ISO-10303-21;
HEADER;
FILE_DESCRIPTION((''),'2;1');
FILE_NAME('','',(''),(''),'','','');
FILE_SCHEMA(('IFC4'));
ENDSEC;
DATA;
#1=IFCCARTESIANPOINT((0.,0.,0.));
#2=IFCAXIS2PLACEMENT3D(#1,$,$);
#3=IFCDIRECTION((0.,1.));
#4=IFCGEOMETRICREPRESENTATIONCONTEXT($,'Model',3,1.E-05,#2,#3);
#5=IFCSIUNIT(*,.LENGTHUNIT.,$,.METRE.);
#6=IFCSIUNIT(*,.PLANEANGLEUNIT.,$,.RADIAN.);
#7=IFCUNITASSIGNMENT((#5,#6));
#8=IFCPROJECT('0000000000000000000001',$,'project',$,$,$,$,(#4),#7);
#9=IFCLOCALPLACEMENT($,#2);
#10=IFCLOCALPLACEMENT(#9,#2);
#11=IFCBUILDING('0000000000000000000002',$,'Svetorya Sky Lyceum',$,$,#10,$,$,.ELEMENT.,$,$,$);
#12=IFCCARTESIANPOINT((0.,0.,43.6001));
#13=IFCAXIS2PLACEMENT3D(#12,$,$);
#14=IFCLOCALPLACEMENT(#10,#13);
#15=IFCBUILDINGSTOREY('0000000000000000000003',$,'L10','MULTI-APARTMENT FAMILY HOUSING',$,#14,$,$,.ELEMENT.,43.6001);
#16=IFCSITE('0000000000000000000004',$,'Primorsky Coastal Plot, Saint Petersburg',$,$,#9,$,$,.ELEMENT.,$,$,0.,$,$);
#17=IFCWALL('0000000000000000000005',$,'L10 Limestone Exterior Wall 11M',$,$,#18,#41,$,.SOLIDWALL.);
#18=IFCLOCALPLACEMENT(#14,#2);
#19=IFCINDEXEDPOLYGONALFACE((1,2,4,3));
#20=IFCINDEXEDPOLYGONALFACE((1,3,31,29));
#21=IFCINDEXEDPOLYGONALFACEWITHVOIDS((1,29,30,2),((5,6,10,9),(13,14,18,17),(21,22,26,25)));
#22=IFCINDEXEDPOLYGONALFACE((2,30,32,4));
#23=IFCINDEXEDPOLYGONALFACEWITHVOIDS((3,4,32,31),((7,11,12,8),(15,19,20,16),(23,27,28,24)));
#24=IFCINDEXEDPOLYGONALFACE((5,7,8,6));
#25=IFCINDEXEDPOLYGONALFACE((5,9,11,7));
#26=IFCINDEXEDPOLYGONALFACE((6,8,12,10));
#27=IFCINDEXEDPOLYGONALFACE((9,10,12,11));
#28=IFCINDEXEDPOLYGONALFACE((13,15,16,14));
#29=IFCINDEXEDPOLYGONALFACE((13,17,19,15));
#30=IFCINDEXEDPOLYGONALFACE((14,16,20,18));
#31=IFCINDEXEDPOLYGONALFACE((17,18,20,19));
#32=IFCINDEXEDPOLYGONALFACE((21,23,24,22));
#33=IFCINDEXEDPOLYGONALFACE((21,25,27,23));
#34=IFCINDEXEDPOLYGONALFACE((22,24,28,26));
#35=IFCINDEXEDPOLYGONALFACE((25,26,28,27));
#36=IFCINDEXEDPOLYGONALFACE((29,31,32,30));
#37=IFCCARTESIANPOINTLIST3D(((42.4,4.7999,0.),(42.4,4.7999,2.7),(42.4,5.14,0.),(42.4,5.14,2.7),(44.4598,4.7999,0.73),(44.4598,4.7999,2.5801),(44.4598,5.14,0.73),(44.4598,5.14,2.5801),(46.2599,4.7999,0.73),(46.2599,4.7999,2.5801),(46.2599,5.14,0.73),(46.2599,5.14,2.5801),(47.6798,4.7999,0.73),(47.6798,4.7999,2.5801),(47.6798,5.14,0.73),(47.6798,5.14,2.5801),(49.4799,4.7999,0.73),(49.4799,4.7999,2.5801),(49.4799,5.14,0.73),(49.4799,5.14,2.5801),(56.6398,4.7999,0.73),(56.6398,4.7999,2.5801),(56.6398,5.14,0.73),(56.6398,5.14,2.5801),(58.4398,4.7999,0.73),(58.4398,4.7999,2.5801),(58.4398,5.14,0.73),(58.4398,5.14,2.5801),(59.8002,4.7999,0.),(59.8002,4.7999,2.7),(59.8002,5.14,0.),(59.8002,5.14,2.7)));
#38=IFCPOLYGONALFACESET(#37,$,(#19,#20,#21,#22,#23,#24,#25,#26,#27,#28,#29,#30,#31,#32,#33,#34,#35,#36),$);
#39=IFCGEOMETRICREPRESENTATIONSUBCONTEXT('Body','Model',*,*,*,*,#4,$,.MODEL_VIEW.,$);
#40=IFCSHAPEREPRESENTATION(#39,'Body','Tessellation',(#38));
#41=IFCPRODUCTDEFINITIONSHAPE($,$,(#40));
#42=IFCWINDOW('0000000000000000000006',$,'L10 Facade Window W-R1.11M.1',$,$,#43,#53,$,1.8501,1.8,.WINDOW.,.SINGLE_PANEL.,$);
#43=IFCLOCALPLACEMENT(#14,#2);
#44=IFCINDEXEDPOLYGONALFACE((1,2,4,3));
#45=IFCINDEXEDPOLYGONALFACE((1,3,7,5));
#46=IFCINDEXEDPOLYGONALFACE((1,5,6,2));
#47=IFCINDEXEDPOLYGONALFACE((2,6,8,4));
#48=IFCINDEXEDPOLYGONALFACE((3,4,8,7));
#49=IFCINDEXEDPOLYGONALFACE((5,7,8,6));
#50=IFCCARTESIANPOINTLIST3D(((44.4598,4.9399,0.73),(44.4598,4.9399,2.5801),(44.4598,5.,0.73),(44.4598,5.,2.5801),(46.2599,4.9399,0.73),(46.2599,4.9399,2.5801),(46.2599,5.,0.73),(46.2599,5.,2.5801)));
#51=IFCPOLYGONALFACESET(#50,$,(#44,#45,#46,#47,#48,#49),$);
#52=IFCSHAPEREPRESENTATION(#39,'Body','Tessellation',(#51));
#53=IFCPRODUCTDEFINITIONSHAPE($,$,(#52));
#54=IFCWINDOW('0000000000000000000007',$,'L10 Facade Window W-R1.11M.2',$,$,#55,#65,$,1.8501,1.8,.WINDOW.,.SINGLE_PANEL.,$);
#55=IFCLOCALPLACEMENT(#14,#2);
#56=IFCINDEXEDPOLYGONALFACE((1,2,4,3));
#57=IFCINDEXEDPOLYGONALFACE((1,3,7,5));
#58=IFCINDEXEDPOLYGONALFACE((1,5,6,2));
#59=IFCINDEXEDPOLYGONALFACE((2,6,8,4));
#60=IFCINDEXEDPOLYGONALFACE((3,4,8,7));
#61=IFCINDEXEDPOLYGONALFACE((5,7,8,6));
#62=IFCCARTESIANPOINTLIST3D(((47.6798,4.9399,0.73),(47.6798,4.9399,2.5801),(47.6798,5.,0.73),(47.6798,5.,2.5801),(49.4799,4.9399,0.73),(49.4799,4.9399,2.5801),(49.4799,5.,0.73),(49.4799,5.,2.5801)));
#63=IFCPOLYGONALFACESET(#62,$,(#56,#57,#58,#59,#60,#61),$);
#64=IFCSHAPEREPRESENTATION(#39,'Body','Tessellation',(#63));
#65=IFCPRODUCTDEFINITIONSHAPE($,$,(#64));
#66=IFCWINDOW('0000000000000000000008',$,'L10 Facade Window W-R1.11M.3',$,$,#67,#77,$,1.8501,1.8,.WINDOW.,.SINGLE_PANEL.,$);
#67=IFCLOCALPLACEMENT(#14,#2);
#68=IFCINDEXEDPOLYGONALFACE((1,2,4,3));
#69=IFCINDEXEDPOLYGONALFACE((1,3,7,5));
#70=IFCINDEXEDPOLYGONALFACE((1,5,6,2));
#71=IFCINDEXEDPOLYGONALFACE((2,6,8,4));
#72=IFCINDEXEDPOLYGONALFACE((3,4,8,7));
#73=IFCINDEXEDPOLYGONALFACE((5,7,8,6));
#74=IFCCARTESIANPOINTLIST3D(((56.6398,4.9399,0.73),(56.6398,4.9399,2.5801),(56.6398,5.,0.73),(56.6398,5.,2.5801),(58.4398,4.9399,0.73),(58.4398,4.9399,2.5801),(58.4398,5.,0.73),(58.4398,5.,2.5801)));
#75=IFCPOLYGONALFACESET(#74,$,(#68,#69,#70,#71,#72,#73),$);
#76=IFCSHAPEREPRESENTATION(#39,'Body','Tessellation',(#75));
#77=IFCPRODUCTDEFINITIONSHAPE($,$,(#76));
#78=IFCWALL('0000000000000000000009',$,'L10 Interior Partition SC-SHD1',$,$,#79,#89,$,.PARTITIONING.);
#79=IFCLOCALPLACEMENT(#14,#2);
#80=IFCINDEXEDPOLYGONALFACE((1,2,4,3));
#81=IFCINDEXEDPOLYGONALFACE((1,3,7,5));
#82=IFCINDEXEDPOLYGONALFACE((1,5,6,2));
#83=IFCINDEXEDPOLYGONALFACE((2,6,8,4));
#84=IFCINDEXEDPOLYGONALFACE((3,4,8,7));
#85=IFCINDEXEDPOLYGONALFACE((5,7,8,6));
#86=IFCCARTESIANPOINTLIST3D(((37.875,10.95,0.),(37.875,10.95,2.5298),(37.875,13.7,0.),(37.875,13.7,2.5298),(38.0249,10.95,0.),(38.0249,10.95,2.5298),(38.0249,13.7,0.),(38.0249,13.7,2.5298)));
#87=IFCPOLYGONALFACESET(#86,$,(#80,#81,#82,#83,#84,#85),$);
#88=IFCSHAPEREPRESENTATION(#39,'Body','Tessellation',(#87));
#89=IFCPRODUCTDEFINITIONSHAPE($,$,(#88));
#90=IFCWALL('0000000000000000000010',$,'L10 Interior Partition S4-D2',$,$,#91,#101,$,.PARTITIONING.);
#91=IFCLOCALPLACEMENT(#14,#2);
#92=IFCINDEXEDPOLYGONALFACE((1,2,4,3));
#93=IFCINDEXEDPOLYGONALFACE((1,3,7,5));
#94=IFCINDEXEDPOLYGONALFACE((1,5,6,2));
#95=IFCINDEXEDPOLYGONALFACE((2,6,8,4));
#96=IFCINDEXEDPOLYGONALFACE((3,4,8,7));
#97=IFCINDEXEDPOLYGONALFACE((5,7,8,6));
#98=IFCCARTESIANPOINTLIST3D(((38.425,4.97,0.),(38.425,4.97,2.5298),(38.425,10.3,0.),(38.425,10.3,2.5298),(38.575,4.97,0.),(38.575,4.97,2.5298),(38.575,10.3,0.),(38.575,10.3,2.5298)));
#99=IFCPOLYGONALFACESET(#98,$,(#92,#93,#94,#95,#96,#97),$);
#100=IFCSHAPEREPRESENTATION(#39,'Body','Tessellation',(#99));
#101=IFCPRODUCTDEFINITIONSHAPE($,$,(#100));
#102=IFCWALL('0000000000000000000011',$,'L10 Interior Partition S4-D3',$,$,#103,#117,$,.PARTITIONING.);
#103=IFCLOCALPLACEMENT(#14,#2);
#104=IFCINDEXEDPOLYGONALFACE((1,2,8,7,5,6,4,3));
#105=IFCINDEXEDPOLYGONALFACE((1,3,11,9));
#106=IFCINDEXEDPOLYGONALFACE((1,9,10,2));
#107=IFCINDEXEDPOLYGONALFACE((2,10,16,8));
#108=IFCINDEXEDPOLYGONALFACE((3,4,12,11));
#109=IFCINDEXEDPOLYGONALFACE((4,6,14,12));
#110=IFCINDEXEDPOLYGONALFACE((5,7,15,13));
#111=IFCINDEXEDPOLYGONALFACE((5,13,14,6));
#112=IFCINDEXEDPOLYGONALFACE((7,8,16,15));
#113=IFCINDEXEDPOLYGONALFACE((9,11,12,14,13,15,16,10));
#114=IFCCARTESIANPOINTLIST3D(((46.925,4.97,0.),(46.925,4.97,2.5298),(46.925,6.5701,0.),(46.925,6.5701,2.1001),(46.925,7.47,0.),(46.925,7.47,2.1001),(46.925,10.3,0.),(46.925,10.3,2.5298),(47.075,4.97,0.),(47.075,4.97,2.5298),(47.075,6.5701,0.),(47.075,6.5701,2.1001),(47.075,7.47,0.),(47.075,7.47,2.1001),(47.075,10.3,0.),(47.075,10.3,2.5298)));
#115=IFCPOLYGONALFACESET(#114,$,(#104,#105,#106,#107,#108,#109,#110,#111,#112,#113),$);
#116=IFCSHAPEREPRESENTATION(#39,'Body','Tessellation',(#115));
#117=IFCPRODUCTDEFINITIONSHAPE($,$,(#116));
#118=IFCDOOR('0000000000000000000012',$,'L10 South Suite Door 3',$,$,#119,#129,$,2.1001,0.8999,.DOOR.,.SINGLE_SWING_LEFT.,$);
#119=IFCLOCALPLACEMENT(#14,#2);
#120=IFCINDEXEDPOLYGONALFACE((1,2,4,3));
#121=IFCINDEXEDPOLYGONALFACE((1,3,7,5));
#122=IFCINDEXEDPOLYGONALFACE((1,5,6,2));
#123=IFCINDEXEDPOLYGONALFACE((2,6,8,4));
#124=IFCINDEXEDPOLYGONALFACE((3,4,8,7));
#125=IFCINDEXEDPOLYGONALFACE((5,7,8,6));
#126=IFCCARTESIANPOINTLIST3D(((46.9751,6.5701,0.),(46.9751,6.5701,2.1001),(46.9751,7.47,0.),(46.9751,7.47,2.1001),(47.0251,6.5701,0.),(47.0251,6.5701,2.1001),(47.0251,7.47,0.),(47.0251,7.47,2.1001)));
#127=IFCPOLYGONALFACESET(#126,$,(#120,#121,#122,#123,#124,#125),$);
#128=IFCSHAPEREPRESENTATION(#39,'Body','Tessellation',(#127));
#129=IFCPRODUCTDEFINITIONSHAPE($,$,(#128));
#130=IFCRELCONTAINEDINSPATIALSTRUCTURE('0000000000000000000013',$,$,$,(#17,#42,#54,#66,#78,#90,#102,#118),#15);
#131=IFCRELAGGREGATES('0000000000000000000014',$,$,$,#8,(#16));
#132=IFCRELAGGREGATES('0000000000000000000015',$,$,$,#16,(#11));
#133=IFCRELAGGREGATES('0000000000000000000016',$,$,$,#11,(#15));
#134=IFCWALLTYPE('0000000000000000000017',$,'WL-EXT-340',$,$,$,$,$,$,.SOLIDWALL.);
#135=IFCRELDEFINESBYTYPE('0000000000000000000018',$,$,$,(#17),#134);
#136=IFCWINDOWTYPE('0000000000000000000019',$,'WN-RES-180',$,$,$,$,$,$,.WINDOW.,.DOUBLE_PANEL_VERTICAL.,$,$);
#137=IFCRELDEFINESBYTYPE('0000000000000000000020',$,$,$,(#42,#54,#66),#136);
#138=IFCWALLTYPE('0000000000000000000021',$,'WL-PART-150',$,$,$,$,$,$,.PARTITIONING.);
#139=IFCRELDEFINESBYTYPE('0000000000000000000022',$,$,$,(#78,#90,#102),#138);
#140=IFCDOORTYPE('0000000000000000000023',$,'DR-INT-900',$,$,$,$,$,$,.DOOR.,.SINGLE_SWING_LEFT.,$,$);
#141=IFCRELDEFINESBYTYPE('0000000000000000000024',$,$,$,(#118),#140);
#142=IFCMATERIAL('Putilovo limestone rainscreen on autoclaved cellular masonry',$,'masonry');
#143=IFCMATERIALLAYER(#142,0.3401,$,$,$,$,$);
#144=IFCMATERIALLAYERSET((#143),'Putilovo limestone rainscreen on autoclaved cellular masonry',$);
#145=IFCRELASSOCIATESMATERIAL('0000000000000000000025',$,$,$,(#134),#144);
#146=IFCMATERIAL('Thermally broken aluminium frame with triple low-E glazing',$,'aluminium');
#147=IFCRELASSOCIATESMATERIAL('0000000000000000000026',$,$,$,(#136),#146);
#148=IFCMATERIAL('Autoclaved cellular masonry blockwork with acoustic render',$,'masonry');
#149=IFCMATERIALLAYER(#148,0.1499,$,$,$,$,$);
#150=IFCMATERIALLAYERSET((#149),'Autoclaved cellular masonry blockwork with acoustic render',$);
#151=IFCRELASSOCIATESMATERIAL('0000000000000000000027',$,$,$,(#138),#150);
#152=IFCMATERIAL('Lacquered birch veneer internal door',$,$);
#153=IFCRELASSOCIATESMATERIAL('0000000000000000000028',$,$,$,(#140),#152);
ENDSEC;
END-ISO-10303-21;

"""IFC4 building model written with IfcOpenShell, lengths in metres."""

from ifc_helpers import new_model, si_unit, direction, frame, frame_2d, origin, place, context, subcontext, project, spatial, rectangle, extrude, material, layer, layer_set, type_object, element, fill, save


model = new_model("IFC4")

# Units and contexts
model_context = context("Model", 3, precision=1e-05, world=origin(), true_north=direction((0.0, 1.0)))
body_context = subcontext(model_context, "Body", "Model", "MODEL_VIEW")
ifc_project = project(units=[si_unit("LENGTHUNIT", "METRE"), si_unit("PLANEANGLEUNIT", "RADIAN")], contexts=[model_context])

# Site, building, storey
site_placement = place(None, origin())
site = spatial("IfcSite", under=ifc_project, at=site_placement, Name="Primorsky Coastal Plot, Saint Petersburg", CompositionType="ELEMENT", RefElevation=0.0)
building_placement = place(site_placement, origin())
building = spatial("IfcBuilding", under=site, at=building_placement, Name="Svetorya Sky Lyceum", CompositionType="ELEMENT")
storey_placement = place(building_placement, frame((0.0, 0.0, 43.6001)))
storey = spatial("IfcBuildingStorey", under=building, at=storey_placement, Name="L10", Description="MULTI-APARTMENT FAMILY HOUSING", CompositionType="ELEMENT", Elevation=43.6001)

# Shared definitions
ifc_material_1 = material(Name="Putilovo limestone rainscreen on autoclaved cellular masonry", Category="masonry")
ifc_layer_1 = layer(ifc_material_1, 0.3401)
ifc_layer_set_1 = layer_set([ifc_layer_1], Name="Putilovo limestone rainscreen on autoclaved cellular masonry")
wall_type_1 = type_object("IfcWallType", Name="WL-EXT-340", PredefinedType="SOLIDWALL", material=ifc_layer_set_1)

# Wall, openings, windows
wall_1_placement = place(storey_placement, frame((42.3999, 4.97, 0.0), z_axis=(0.0, 0.0, 1.0), x_axis=(1.0, 0.0, 0.0)))
wall_1 = element("IfcWall", 1, at=wall_1_placement, inside=storey, type_object=wall_type_1, Name="L10 Limestone Exterior Wall 11M", PredefinedType="SOLIDWALL", context=body_context, shape_type="SweptSolid", body=[
    extrude(rectangle(XDim=17.4001, YDim=0.3401, at=frame_2d((8.7002, 0.0))), origin(), (0.0, 0.0, 1.0), 2.7),
])
opening_1_placement = place(wall_1_placement, frame((2.0601, 0.0, 0.73)))
opening_1 = element("IfcOpeningElement", 2, at=opening_1_placement, cuts=wall_1, PredefinedType="OPENING", context=body_context, shape_type="SweptSolid", body=[
    extrude(rectangle(XDim=1.8, YDim=1.8501, at=frame_2d((0.8999, 0.925))), frame((0.0, 0.1799, 0.0), z_axis=(0.0, -1.0, 0.0), x_axis=(1.0, 0.0, 0.0)), (0.0, 0.0, 1.0), 0.3601),
])
opening_2_placement = place(wall_1_placement, frame((5.28, 0.0, 0.73)))
opening_2 = element("IfcOpeningElement", 3, at=opening_2_placement, cuts=wall_1, PredefinedType="OPENING", context=body_context, shape_type="SweptSolid", body=[
    extrude(rectangle(XDim=1.8, YDim=1.8501, at=frame_2d((0.8999, 0.925))), frame((0.0, 0.1799, 0.0), z_axis=(0.0, -1.0, 0.0), x_axis=(1.0, 0.0, 0.0)), (0.0, 0.0, 1.0), 0.3601),
])
opening_3_placement = place(wall_1_placement, frame((14.24, 0.0, 0.73)))
opening_3 = element("IfcOpeningElement", 4, at=opening_3_placement, cuts=wall_1, PredefinedType="OPENING", context=body_context, shape_type="SweptSolid", body=[
    extrude(rectangle(XDim=1.8, YDim=1.8501, at=frame_2d((0.8999, 0.925))), frame((0.0, 0.1799, 0.0), z_axis=(0.0, -1.0, 0.0), x_axis=(1.0, 0.0, 0.0)), (0.0, 0.0, 1.0), 0.3601),
])
ifc_material_2 = material(Name="Thermally broken aluminium frame with triple low-E glazing", Category="aluminium")
window_type = type_object("IfcWindowType", Name="WN-RES-180", PartitioningType="DOUBLE_PANEL_VERTICAL", PredefinedType="WINDOW", material=ifc_material_2)
window_1_placement = place(opening_1_placement, origin())
window_1 = element("IfcWindow", 5, at=window_1_placement, inside=storey, type_object=window_type, Name="L10 Facade Window W-R1.11M.1", OverallHeight=1.8501, OverallWidth=1.8, PartitioningType="SINGLE_PANEL", PredefinedType="WINDOW", context=body_context, shape_type="SweptSolid", body=[
    extrude(rectangle(XDim=1.8, YDim=1.8501, at=frame_2d((0.8999, 0.925))), frame((0.0, 0.03, 0.0), z_axis=(0.0, -1.0, 0.0), x_axis=(1.0, 0.0, 0.0)), (0.0, 0.0, 1.0), 0.0601),
])
fill(opening_1, window_1)
window_2_placement = place(opening_2_placement, origin())
window_2 = element("IfcWindow", 6, at=window_2_placement, inside=storey, type_object=window_type, Name="L10 Facade Window W-R1.11M.2", OverallHeight=1.8501, OverallWidth=1.8, PartitioningType="SINGLE_PANEL", PredefinedType="WINDOW", context=body_context, shape_type="SweptSolid", body=[
    extrude(rectangle(XDim=1.8, YDim=1.8501, at=frame_2d((0.8999, 0.925))), frame((0.0, 0.03, 0.0), z_axis=(0.0, -1.0, 0.0), x_axis=(1.0, 0.0, 0.0)), (0.0, 0.0, 1.0), 0.0601),
])
fill(opening_2, window_2)
window_3_placement = place(opening_3_placement, origin())
window_3 = element("IfcWindow", 7, at=window_3_placement, inside=storey, type_object=window_type, Name="L10 Facade Window W-R1.11M.3", OverallHeight=1.8501, OverallWidth=1.8, PartitioningType="SINGLE_PANEL", PredefinedType="WINDOW", context=body_context, shape_type="SweptSolid", body=[
    extrude(rectangle(XDim=1.8, YDim=1.8501, at=frame_2d((0.8999, 0.925))), frame((0.0, 0.03, 0.0), z_axis=(0.0, -1.0, 0.0), x_axis=(1.0, 0.0, 0.0)), (0.0, 0.0, 1.0), 0.0601),
])
fill(opening_3, window_3)

# Walls
ifc_material_3 = material(Name="Autoclaved cellular masonry blockwork with acoustic render", Category="masonry")
ifc_layer_2 = layer(ifc_material_3, 0.1499)
ifc_layer_set_2 = layer_set([ifc_layer_2], Name="Autoclaved cellular masonry blockwork with acoustic render")
wall_type_2 = type_object("IfcWallType", Name="WL-PART-150", PredefinedType="PARTITIONING", material=ifc_layer_set_2)
wall_2_placement = place(storey_placement, frame((37.95, 10.95, 0.0), z_axis=(0.0, 0.0, 1.0), x_axis=(0.0, 1.0, 0.0)))
element("IfcWall", 8, at=wall_2_placement, inside=storey, type_object=wall_type_2, Name="L10 Interior Partition SC-SHD1", PredefinedType="PARTITIONING", context=body_context, shape_type="SweptSolid", body=[
    extrude(rectangle(XDim=2.75, YDim=0.1499, at=frame_2d((1.375, 0.0))), origin(), (0.0, 0.0, 1.0), 2.5298),
])
wall_3_placement = place(storey_placement, frame((38.5, 4.97, 0.0), z_axis=(0.0, 0.0, 1.0), x_axis=(0.0, 1.0, 0.0)))
element("IfcWall", 9, at=wall_3_placement, inside=storey, type_object=wall_type_2, Name="L10 Interior Partition S4-D2", PredefinedType="PARTITIONING", context=body_context, shape_type="SweptSolid", body=[
    extrude(rectangle(XDim=5.3301, YDim=0.1499, at=frame_2d((2.665, 0.0))), origin(), (0.0, 0.0, 1.0), 2.5298),
])

# Wall, opening, door
wall_4_placement = place(storey_placement, frame((47.0, 4.97, 0.0), z_axis=(0.0, 0.0, 1.0), x_axis=(0.0, 1.0, 0.0)))
wall_4 = element("IfcWall", 10, at=wall_4_placement, inside=storey, type_object=wall_type_2, Name="L10 Interior Partition S4-D3", PredefinedType="PARTITIONING", context=body_context, shape_type="SweptSolid", body=[
    extrude(rectangle(XDim=5.3301, YDim=0.1499, at=frame_2d((2.665, 0.0))), origin(), (0.0, 0.0, 1.0), 2.5298),
])
opening_4_placement = place(wall_4_placement, frame((1.6001, 0.0, 0.0)))
opening_4 = element("IfcOpeningElement", 11, at=opening_4_placement, cuts=wall_4, PredefinedType="OPENING", context=body_context, shape_type="SweptSolid", body=[
    extrude(rectangle(XDim=0.8999, YDim=2.1001, at=frame_2d((0.45, 1.05))), frame((0.0, 0.085, 0.0), z_axis=(0.0, -1.0, 0.0), x_axis=(1.0, 0.0, 0.0)), (0.0, 0.0, 1.0), 0.1699),
])
ifc_material_4 = material(Name="Lacquered birch veneer internal door")
door_type = type_object("IfcDoorType", Name="DR-INT-900", OperationType="SINGLE_SWING_LEFT", PredefinedType="DOOR", material=ifc_material_4)
door_placement = place(opening_4_placement, origin())
door = element("IfcDoor", 12, at=door_placement, inside=storey, type_object=door_type, Name="L10 South Suite Door 3", OperationType="SINGLE_SWING_LEFT", OverallHeight=2.1001, OverallWidth=0.8999, PredefinedType="DOOR", context=body_context, shape_type="SweptSolid", body=[
    extrude(rectangle(XDim=0.8999, YDim=2.1001, at=frame_2d((0.45, 1.05))), frame((0.0, 0.0249, 0.0), z_axis=(0.0, -1.0, 0.0), x_axis=(1.0, 0.0, 0.0)), (0.0, 0.0, 1.0), 0.05),
])
fill(opening_4, door)

save(model, "model.ifc")
